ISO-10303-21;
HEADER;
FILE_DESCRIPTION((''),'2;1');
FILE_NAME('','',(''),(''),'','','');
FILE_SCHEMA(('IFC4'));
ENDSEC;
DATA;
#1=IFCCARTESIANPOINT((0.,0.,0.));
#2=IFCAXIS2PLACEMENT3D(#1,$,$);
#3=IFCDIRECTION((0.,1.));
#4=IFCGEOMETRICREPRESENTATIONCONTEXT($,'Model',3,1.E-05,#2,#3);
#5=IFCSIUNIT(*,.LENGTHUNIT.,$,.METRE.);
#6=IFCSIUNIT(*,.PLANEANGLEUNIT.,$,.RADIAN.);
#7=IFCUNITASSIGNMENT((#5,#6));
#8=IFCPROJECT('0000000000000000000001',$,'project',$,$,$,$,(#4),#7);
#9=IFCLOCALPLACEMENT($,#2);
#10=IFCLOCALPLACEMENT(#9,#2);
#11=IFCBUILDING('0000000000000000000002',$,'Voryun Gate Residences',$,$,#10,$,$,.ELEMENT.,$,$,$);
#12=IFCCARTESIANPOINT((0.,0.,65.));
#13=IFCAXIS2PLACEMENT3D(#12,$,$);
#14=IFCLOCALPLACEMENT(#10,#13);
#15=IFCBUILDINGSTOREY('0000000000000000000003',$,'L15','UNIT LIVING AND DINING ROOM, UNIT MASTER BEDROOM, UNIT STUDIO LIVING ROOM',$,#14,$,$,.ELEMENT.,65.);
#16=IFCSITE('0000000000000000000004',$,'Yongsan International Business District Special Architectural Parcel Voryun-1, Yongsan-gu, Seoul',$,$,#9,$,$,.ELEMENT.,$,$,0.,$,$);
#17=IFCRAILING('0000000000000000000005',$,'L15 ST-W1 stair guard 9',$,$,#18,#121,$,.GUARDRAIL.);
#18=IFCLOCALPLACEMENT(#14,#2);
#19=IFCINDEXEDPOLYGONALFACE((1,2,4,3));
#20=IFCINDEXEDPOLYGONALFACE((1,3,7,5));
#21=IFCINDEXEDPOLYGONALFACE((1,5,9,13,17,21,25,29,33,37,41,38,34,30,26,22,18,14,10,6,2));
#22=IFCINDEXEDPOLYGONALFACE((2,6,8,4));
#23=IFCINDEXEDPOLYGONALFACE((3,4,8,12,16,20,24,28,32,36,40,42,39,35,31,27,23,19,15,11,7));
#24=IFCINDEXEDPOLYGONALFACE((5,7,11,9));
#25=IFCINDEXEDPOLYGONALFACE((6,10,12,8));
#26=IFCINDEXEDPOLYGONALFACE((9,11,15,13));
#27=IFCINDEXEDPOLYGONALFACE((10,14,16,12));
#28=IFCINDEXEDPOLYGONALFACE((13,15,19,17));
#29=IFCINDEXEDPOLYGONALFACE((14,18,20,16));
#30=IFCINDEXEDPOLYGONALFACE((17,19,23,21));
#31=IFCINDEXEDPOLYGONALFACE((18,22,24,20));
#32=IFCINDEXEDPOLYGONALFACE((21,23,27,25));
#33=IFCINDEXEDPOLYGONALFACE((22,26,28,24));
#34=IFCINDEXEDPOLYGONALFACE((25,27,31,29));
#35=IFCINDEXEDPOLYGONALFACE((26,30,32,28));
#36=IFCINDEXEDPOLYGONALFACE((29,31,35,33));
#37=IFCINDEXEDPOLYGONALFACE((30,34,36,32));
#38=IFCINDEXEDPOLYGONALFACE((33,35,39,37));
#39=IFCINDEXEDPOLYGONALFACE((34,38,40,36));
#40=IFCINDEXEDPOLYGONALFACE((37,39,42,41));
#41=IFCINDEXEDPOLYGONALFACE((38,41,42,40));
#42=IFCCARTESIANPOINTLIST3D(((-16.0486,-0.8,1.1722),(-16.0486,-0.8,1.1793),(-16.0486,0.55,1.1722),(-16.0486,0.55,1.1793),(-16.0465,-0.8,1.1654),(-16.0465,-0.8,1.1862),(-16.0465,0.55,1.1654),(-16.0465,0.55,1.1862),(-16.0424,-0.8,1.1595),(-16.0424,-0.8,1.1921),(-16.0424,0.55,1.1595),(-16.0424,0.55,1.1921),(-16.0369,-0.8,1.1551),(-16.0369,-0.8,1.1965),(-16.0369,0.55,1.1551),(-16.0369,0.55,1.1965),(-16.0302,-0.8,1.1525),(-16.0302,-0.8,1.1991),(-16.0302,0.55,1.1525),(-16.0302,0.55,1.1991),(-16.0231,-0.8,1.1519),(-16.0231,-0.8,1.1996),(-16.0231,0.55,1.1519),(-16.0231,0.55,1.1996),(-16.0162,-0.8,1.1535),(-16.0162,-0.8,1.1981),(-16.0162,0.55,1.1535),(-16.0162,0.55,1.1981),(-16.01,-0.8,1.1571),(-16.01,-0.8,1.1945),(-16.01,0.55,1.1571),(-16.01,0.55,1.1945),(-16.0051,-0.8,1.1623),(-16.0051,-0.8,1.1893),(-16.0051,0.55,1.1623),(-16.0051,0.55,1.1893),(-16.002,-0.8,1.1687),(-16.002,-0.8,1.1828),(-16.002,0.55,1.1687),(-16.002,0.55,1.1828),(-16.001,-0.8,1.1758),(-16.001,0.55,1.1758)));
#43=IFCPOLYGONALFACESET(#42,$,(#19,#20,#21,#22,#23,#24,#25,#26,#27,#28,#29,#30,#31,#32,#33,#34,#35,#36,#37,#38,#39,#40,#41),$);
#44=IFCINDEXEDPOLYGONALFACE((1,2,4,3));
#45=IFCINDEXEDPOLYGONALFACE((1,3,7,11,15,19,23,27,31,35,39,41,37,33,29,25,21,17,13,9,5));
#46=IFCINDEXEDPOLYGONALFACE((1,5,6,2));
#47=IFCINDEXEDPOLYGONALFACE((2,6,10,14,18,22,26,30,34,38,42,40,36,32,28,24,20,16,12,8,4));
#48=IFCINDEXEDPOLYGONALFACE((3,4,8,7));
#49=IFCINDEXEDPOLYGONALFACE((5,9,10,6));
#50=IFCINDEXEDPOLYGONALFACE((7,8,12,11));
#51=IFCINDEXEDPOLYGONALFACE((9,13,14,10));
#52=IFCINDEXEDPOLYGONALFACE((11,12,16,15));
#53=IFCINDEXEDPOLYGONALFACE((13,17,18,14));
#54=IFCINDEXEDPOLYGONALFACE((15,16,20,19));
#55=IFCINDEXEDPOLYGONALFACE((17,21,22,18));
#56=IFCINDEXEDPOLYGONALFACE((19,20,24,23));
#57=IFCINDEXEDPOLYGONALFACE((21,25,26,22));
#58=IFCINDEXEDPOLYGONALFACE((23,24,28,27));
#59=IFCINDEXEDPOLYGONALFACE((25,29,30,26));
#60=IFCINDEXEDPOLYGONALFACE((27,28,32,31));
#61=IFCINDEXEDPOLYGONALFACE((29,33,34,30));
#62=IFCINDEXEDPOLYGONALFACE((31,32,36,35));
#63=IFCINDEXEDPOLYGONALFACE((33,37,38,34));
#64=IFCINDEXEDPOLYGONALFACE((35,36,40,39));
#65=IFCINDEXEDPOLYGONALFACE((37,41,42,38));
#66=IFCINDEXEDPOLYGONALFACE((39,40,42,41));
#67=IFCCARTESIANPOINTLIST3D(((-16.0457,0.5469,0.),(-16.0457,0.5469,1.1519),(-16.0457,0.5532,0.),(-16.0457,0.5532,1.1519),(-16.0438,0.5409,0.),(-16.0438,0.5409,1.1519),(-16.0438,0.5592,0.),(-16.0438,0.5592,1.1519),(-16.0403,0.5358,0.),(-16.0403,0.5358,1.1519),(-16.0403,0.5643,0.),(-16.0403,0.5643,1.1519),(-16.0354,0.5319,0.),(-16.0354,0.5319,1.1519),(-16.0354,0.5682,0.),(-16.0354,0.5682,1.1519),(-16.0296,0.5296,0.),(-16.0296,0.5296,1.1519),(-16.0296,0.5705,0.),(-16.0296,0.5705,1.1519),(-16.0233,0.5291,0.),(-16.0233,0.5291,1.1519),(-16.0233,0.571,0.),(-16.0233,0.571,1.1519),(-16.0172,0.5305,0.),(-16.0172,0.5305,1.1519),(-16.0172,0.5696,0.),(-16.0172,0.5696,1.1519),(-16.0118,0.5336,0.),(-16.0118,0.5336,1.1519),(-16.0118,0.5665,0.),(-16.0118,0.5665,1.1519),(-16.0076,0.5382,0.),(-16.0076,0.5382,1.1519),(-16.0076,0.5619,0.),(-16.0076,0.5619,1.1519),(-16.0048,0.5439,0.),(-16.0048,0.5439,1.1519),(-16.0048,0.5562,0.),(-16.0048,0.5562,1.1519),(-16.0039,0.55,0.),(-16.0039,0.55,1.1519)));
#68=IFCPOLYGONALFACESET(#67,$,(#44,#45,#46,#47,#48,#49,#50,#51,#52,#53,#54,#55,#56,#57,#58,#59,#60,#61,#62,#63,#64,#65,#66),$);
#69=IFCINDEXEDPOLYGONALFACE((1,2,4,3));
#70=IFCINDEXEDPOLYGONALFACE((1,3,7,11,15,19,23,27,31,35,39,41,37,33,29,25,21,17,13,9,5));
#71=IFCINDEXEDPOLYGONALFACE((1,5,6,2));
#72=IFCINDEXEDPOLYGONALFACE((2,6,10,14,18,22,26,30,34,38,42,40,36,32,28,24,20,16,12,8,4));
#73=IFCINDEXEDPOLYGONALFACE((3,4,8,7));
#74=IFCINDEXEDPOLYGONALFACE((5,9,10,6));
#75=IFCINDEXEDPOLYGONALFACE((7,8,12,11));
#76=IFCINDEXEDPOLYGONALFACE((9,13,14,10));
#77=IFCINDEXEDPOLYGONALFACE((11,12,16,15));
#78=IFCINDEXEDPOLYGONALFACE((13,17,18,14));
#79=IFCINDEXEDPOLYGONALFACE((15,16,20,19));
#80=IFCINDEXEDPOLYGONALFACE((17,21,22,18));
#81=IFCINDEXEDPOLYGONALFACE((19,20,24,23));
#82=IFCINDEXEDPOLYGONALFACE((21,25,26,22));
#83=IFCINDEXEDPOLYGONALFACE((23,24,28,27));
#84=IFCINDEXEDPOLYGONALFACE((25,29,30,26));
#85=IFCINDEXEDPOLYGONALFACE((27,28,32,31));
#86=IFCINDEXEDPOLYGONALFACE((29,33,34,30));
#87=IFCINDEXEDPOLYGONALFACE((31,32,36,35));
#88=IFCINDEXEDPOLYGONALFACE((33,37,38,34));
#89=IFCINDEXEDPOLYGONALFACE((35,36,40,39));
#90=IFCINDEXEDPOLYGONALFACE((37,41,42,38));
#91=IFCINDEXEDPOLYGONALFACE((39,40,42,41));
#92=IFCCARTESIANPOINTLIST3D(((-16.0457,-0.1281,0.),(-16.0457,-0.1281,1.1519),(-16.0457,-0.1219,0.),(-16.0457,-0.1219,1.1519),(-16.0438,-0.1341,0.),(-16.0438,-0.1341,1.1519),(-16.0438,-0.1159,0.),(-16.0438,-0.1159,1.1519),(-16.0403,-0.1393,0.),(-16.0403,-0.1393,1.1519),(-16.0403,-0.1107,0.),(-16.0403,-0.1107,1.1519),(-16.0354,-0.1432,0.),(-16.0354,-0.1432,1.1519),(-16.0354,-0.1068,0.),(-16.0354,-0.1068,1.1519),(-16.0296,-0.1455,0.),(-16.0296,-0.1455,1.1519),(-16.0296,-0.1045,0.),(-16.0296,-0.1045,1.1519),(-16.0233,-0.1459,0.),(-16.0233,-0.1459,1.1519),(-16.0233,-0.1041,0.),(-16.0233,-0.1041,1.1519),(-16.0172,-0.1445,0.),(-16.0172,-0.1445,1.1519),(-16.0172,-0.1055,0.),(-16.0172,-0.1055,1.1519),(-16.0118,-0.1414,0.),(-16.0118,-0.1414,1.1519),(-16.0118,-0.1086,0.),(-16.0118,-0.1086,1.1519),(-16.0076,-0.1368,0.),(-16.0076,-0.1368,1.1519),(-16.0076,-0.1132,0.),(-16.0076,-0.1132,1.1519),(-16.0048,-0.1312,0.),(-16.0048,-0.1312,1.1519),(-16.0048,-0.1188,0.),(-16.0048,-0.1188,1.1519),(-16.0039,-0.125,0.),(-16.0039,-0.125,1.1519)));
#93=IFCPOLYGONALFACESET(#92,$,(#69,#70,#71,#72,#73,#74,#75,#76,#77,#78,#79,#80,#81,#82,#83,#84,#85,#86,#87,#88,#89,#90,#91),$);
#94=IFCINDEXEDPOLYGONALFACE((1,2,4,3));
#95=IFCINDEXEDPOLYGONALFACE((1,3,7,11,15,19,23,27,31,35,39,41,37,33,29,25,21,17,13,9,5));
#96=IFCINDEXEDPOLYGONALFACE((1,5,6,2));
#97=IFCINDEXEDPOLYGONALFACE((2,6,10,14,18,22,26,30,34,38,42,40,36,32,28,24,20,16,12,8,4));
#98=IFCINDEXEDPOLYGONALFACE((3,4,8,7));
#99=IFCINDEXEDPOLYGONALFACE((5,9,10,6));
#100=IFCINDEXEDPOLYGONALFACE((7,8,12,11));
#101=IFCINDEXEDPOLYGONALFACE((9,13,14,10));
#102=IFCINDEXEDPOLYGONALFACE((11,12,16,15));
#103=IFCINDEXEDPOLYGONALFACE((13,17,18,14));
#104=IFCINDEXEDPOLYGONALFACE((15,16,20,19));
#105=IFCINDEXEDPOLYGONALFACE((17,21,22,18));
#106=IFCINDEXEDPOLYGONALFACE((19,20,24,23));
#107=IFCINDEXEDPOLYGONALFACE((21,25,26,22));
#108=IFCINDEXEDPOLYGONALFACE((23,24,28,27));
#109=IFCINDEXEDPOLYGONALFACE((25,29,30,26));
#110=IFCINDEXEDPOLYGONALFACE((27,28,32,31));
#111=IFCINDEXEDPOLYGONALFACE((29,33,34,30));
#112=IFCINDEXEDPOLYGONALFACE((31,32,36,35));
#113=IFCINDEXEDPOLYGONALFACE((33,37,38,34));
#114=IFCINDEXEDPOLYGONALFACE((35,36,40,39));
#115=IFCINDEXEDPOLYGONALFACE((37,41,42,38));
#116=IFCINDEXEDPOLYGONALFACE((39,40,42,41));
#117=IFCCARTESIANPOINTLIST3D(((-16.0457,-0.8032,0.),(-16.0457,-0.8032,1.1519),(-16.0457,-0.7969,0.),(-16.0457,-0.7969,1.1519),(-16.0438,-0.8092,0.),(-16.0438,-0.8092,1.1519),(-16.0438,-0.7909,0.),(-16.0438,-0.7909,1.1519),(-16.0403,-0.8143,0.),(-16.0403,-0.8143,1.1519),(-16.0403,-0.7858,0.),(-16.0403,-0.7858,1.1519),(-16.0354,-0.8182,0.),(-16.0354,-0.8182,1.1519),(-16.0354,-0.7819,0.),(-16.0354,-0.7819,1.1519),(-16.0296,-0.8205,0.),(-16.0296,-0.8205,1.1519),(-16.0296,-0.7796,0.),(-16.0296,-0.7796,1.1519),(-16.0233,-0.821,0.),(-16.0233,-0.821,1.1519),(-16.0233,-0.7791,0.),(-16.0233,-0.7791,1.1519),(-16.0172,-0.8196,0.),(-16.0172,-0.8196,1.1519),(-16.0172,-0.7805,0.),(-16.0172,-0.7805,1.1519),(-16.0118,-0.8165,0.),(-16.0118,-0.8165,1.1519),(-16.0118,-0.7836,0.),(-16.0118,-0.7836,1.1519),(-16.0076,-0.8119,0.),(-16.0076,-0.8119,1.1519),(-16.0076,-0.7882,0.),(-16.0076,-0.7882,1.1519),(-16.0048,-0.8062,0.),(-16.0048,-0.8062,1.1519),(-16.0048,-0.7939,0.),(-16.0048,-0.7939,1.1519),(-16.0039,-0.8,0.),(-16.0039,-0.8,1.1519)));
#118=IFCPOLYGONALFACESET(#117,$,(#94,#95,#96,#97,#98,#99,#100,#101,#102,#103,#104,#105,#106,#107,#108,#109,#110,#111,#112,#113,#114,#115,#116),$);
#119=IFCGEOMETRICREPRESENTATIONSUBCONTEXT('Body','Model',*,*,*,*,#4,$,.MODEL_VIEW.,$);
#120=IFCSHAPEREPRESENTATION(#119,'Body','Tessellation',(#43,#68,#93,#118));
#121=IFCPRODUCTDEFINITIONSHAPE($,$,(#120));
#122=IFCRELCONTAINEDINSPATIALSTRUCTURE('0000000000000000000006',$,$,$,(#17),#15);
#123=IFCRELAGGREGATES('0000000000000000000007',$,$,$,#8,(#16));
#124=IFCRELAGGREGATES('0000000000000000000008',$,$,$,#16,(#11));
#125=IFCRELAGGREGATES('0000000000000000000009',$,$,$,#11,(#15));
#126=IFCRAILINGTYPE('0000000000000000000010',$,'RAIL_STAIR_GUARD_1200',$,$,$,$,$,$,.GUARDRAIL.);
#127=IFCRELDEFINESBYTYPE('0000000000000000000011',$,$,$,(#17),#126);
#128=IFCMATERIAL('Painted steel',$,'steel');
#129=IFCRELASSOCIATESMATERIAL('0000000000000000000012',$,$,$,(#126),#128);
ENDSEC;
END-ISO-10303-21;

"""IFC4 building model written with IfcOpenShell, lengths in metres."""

from ifc_helpers import new_model, si_unit, direction, frame, origin, origin_2d, place, context, subcontext, project, spatial, circle, extrude, material, type_object, element, save


model = new_model("IFC4")

# Units and contexts
model_context = context("Model", 3, precision=1e-05, world=origin(), true_north=direction((0.0, 1.0)))
body_context = subcontext(model_context, "Body", "Model", "MODEL_VIEW")
ifc_project = project(units=[si_unit("LENGTHUNIT", "METRE"), si_unit("PLANEANGLEUNIT", "RADIAN")], contexts=[model_context])

# Site, building, storey
site_placement = place(None, origin())
site = spatial("IfcSite", under=ifc_project, at=site_placement, Name="Yongsan International Business District Special Architectural Parcel Voryun-1, Yongsan-gu, Seoul", CompositionType="ELEMENT", RefElevation=0.0)
building_placement = place(site_placement, origin())
building = spatial("IfcBuilding", under=site, at=building_placement, Name="Voryun Gate Residences", CompositionType="ELEMENT")
storey_placement = place(building_placement, frame((0.0, 0.0, 65.0)))
storey = spatial("IfcBuildingStorey", under=building, at=storey_placement, Name="L15", Description="UNIT LIVING AND DINING ROOM, UNIT MASTER BEDROOM, UNIT STUDIO LIVING ROOM", CompositionType="ELEMENT", Elevation=65.0)

# Railing
ifc_material_1 = material(Name="Painted steel", Category="steel")
railing_type = type_object("IfcRailingType", Name="RAIL_STAIR_GUARD_1200", PredefinedType="GUARDRAIL", material=ifc_material_1)
for number, where, name in (
    (1, (-16.0249, 0.55, 0.0), "L15 ST-W1 stair guard 9"),
):
    element("IfcRailing", number, at=place(storey_placement, frame(where)), inside=storey, type_object=railing_type, Name=name, PredefinedType="GUARDRAIL", context=body_context, shape_type="SweptSolid", body=[
        extrude(circle(Radius=0.0239, at=origin_2d()), frame((0.0, 0.0, 1.1758), z_axis=(0.0, -1.0, 0.0), x_axis=(1.0, 0.0, 0.0)), (0.0, 0.0, 1.0), 1.3501),
        extrude(circle(Radius=0.021, at=origin_2d()), origin(), (0.0, 0.0, 1.0), 1.1519),
        extrude(circle(Radius=0.021, at=origin_2d()), frame((0.0, -0.675, 0.0)), (0.0, 0.0, 1.0), 1.1519),
        extrude(circle(Radius=0.021, at=origin_2d()), frame((0.0, -1.3501, 0.0)), (0.0, 0.0, 1.0), 1.1519),
    ])

save(model, "model.ifc")
